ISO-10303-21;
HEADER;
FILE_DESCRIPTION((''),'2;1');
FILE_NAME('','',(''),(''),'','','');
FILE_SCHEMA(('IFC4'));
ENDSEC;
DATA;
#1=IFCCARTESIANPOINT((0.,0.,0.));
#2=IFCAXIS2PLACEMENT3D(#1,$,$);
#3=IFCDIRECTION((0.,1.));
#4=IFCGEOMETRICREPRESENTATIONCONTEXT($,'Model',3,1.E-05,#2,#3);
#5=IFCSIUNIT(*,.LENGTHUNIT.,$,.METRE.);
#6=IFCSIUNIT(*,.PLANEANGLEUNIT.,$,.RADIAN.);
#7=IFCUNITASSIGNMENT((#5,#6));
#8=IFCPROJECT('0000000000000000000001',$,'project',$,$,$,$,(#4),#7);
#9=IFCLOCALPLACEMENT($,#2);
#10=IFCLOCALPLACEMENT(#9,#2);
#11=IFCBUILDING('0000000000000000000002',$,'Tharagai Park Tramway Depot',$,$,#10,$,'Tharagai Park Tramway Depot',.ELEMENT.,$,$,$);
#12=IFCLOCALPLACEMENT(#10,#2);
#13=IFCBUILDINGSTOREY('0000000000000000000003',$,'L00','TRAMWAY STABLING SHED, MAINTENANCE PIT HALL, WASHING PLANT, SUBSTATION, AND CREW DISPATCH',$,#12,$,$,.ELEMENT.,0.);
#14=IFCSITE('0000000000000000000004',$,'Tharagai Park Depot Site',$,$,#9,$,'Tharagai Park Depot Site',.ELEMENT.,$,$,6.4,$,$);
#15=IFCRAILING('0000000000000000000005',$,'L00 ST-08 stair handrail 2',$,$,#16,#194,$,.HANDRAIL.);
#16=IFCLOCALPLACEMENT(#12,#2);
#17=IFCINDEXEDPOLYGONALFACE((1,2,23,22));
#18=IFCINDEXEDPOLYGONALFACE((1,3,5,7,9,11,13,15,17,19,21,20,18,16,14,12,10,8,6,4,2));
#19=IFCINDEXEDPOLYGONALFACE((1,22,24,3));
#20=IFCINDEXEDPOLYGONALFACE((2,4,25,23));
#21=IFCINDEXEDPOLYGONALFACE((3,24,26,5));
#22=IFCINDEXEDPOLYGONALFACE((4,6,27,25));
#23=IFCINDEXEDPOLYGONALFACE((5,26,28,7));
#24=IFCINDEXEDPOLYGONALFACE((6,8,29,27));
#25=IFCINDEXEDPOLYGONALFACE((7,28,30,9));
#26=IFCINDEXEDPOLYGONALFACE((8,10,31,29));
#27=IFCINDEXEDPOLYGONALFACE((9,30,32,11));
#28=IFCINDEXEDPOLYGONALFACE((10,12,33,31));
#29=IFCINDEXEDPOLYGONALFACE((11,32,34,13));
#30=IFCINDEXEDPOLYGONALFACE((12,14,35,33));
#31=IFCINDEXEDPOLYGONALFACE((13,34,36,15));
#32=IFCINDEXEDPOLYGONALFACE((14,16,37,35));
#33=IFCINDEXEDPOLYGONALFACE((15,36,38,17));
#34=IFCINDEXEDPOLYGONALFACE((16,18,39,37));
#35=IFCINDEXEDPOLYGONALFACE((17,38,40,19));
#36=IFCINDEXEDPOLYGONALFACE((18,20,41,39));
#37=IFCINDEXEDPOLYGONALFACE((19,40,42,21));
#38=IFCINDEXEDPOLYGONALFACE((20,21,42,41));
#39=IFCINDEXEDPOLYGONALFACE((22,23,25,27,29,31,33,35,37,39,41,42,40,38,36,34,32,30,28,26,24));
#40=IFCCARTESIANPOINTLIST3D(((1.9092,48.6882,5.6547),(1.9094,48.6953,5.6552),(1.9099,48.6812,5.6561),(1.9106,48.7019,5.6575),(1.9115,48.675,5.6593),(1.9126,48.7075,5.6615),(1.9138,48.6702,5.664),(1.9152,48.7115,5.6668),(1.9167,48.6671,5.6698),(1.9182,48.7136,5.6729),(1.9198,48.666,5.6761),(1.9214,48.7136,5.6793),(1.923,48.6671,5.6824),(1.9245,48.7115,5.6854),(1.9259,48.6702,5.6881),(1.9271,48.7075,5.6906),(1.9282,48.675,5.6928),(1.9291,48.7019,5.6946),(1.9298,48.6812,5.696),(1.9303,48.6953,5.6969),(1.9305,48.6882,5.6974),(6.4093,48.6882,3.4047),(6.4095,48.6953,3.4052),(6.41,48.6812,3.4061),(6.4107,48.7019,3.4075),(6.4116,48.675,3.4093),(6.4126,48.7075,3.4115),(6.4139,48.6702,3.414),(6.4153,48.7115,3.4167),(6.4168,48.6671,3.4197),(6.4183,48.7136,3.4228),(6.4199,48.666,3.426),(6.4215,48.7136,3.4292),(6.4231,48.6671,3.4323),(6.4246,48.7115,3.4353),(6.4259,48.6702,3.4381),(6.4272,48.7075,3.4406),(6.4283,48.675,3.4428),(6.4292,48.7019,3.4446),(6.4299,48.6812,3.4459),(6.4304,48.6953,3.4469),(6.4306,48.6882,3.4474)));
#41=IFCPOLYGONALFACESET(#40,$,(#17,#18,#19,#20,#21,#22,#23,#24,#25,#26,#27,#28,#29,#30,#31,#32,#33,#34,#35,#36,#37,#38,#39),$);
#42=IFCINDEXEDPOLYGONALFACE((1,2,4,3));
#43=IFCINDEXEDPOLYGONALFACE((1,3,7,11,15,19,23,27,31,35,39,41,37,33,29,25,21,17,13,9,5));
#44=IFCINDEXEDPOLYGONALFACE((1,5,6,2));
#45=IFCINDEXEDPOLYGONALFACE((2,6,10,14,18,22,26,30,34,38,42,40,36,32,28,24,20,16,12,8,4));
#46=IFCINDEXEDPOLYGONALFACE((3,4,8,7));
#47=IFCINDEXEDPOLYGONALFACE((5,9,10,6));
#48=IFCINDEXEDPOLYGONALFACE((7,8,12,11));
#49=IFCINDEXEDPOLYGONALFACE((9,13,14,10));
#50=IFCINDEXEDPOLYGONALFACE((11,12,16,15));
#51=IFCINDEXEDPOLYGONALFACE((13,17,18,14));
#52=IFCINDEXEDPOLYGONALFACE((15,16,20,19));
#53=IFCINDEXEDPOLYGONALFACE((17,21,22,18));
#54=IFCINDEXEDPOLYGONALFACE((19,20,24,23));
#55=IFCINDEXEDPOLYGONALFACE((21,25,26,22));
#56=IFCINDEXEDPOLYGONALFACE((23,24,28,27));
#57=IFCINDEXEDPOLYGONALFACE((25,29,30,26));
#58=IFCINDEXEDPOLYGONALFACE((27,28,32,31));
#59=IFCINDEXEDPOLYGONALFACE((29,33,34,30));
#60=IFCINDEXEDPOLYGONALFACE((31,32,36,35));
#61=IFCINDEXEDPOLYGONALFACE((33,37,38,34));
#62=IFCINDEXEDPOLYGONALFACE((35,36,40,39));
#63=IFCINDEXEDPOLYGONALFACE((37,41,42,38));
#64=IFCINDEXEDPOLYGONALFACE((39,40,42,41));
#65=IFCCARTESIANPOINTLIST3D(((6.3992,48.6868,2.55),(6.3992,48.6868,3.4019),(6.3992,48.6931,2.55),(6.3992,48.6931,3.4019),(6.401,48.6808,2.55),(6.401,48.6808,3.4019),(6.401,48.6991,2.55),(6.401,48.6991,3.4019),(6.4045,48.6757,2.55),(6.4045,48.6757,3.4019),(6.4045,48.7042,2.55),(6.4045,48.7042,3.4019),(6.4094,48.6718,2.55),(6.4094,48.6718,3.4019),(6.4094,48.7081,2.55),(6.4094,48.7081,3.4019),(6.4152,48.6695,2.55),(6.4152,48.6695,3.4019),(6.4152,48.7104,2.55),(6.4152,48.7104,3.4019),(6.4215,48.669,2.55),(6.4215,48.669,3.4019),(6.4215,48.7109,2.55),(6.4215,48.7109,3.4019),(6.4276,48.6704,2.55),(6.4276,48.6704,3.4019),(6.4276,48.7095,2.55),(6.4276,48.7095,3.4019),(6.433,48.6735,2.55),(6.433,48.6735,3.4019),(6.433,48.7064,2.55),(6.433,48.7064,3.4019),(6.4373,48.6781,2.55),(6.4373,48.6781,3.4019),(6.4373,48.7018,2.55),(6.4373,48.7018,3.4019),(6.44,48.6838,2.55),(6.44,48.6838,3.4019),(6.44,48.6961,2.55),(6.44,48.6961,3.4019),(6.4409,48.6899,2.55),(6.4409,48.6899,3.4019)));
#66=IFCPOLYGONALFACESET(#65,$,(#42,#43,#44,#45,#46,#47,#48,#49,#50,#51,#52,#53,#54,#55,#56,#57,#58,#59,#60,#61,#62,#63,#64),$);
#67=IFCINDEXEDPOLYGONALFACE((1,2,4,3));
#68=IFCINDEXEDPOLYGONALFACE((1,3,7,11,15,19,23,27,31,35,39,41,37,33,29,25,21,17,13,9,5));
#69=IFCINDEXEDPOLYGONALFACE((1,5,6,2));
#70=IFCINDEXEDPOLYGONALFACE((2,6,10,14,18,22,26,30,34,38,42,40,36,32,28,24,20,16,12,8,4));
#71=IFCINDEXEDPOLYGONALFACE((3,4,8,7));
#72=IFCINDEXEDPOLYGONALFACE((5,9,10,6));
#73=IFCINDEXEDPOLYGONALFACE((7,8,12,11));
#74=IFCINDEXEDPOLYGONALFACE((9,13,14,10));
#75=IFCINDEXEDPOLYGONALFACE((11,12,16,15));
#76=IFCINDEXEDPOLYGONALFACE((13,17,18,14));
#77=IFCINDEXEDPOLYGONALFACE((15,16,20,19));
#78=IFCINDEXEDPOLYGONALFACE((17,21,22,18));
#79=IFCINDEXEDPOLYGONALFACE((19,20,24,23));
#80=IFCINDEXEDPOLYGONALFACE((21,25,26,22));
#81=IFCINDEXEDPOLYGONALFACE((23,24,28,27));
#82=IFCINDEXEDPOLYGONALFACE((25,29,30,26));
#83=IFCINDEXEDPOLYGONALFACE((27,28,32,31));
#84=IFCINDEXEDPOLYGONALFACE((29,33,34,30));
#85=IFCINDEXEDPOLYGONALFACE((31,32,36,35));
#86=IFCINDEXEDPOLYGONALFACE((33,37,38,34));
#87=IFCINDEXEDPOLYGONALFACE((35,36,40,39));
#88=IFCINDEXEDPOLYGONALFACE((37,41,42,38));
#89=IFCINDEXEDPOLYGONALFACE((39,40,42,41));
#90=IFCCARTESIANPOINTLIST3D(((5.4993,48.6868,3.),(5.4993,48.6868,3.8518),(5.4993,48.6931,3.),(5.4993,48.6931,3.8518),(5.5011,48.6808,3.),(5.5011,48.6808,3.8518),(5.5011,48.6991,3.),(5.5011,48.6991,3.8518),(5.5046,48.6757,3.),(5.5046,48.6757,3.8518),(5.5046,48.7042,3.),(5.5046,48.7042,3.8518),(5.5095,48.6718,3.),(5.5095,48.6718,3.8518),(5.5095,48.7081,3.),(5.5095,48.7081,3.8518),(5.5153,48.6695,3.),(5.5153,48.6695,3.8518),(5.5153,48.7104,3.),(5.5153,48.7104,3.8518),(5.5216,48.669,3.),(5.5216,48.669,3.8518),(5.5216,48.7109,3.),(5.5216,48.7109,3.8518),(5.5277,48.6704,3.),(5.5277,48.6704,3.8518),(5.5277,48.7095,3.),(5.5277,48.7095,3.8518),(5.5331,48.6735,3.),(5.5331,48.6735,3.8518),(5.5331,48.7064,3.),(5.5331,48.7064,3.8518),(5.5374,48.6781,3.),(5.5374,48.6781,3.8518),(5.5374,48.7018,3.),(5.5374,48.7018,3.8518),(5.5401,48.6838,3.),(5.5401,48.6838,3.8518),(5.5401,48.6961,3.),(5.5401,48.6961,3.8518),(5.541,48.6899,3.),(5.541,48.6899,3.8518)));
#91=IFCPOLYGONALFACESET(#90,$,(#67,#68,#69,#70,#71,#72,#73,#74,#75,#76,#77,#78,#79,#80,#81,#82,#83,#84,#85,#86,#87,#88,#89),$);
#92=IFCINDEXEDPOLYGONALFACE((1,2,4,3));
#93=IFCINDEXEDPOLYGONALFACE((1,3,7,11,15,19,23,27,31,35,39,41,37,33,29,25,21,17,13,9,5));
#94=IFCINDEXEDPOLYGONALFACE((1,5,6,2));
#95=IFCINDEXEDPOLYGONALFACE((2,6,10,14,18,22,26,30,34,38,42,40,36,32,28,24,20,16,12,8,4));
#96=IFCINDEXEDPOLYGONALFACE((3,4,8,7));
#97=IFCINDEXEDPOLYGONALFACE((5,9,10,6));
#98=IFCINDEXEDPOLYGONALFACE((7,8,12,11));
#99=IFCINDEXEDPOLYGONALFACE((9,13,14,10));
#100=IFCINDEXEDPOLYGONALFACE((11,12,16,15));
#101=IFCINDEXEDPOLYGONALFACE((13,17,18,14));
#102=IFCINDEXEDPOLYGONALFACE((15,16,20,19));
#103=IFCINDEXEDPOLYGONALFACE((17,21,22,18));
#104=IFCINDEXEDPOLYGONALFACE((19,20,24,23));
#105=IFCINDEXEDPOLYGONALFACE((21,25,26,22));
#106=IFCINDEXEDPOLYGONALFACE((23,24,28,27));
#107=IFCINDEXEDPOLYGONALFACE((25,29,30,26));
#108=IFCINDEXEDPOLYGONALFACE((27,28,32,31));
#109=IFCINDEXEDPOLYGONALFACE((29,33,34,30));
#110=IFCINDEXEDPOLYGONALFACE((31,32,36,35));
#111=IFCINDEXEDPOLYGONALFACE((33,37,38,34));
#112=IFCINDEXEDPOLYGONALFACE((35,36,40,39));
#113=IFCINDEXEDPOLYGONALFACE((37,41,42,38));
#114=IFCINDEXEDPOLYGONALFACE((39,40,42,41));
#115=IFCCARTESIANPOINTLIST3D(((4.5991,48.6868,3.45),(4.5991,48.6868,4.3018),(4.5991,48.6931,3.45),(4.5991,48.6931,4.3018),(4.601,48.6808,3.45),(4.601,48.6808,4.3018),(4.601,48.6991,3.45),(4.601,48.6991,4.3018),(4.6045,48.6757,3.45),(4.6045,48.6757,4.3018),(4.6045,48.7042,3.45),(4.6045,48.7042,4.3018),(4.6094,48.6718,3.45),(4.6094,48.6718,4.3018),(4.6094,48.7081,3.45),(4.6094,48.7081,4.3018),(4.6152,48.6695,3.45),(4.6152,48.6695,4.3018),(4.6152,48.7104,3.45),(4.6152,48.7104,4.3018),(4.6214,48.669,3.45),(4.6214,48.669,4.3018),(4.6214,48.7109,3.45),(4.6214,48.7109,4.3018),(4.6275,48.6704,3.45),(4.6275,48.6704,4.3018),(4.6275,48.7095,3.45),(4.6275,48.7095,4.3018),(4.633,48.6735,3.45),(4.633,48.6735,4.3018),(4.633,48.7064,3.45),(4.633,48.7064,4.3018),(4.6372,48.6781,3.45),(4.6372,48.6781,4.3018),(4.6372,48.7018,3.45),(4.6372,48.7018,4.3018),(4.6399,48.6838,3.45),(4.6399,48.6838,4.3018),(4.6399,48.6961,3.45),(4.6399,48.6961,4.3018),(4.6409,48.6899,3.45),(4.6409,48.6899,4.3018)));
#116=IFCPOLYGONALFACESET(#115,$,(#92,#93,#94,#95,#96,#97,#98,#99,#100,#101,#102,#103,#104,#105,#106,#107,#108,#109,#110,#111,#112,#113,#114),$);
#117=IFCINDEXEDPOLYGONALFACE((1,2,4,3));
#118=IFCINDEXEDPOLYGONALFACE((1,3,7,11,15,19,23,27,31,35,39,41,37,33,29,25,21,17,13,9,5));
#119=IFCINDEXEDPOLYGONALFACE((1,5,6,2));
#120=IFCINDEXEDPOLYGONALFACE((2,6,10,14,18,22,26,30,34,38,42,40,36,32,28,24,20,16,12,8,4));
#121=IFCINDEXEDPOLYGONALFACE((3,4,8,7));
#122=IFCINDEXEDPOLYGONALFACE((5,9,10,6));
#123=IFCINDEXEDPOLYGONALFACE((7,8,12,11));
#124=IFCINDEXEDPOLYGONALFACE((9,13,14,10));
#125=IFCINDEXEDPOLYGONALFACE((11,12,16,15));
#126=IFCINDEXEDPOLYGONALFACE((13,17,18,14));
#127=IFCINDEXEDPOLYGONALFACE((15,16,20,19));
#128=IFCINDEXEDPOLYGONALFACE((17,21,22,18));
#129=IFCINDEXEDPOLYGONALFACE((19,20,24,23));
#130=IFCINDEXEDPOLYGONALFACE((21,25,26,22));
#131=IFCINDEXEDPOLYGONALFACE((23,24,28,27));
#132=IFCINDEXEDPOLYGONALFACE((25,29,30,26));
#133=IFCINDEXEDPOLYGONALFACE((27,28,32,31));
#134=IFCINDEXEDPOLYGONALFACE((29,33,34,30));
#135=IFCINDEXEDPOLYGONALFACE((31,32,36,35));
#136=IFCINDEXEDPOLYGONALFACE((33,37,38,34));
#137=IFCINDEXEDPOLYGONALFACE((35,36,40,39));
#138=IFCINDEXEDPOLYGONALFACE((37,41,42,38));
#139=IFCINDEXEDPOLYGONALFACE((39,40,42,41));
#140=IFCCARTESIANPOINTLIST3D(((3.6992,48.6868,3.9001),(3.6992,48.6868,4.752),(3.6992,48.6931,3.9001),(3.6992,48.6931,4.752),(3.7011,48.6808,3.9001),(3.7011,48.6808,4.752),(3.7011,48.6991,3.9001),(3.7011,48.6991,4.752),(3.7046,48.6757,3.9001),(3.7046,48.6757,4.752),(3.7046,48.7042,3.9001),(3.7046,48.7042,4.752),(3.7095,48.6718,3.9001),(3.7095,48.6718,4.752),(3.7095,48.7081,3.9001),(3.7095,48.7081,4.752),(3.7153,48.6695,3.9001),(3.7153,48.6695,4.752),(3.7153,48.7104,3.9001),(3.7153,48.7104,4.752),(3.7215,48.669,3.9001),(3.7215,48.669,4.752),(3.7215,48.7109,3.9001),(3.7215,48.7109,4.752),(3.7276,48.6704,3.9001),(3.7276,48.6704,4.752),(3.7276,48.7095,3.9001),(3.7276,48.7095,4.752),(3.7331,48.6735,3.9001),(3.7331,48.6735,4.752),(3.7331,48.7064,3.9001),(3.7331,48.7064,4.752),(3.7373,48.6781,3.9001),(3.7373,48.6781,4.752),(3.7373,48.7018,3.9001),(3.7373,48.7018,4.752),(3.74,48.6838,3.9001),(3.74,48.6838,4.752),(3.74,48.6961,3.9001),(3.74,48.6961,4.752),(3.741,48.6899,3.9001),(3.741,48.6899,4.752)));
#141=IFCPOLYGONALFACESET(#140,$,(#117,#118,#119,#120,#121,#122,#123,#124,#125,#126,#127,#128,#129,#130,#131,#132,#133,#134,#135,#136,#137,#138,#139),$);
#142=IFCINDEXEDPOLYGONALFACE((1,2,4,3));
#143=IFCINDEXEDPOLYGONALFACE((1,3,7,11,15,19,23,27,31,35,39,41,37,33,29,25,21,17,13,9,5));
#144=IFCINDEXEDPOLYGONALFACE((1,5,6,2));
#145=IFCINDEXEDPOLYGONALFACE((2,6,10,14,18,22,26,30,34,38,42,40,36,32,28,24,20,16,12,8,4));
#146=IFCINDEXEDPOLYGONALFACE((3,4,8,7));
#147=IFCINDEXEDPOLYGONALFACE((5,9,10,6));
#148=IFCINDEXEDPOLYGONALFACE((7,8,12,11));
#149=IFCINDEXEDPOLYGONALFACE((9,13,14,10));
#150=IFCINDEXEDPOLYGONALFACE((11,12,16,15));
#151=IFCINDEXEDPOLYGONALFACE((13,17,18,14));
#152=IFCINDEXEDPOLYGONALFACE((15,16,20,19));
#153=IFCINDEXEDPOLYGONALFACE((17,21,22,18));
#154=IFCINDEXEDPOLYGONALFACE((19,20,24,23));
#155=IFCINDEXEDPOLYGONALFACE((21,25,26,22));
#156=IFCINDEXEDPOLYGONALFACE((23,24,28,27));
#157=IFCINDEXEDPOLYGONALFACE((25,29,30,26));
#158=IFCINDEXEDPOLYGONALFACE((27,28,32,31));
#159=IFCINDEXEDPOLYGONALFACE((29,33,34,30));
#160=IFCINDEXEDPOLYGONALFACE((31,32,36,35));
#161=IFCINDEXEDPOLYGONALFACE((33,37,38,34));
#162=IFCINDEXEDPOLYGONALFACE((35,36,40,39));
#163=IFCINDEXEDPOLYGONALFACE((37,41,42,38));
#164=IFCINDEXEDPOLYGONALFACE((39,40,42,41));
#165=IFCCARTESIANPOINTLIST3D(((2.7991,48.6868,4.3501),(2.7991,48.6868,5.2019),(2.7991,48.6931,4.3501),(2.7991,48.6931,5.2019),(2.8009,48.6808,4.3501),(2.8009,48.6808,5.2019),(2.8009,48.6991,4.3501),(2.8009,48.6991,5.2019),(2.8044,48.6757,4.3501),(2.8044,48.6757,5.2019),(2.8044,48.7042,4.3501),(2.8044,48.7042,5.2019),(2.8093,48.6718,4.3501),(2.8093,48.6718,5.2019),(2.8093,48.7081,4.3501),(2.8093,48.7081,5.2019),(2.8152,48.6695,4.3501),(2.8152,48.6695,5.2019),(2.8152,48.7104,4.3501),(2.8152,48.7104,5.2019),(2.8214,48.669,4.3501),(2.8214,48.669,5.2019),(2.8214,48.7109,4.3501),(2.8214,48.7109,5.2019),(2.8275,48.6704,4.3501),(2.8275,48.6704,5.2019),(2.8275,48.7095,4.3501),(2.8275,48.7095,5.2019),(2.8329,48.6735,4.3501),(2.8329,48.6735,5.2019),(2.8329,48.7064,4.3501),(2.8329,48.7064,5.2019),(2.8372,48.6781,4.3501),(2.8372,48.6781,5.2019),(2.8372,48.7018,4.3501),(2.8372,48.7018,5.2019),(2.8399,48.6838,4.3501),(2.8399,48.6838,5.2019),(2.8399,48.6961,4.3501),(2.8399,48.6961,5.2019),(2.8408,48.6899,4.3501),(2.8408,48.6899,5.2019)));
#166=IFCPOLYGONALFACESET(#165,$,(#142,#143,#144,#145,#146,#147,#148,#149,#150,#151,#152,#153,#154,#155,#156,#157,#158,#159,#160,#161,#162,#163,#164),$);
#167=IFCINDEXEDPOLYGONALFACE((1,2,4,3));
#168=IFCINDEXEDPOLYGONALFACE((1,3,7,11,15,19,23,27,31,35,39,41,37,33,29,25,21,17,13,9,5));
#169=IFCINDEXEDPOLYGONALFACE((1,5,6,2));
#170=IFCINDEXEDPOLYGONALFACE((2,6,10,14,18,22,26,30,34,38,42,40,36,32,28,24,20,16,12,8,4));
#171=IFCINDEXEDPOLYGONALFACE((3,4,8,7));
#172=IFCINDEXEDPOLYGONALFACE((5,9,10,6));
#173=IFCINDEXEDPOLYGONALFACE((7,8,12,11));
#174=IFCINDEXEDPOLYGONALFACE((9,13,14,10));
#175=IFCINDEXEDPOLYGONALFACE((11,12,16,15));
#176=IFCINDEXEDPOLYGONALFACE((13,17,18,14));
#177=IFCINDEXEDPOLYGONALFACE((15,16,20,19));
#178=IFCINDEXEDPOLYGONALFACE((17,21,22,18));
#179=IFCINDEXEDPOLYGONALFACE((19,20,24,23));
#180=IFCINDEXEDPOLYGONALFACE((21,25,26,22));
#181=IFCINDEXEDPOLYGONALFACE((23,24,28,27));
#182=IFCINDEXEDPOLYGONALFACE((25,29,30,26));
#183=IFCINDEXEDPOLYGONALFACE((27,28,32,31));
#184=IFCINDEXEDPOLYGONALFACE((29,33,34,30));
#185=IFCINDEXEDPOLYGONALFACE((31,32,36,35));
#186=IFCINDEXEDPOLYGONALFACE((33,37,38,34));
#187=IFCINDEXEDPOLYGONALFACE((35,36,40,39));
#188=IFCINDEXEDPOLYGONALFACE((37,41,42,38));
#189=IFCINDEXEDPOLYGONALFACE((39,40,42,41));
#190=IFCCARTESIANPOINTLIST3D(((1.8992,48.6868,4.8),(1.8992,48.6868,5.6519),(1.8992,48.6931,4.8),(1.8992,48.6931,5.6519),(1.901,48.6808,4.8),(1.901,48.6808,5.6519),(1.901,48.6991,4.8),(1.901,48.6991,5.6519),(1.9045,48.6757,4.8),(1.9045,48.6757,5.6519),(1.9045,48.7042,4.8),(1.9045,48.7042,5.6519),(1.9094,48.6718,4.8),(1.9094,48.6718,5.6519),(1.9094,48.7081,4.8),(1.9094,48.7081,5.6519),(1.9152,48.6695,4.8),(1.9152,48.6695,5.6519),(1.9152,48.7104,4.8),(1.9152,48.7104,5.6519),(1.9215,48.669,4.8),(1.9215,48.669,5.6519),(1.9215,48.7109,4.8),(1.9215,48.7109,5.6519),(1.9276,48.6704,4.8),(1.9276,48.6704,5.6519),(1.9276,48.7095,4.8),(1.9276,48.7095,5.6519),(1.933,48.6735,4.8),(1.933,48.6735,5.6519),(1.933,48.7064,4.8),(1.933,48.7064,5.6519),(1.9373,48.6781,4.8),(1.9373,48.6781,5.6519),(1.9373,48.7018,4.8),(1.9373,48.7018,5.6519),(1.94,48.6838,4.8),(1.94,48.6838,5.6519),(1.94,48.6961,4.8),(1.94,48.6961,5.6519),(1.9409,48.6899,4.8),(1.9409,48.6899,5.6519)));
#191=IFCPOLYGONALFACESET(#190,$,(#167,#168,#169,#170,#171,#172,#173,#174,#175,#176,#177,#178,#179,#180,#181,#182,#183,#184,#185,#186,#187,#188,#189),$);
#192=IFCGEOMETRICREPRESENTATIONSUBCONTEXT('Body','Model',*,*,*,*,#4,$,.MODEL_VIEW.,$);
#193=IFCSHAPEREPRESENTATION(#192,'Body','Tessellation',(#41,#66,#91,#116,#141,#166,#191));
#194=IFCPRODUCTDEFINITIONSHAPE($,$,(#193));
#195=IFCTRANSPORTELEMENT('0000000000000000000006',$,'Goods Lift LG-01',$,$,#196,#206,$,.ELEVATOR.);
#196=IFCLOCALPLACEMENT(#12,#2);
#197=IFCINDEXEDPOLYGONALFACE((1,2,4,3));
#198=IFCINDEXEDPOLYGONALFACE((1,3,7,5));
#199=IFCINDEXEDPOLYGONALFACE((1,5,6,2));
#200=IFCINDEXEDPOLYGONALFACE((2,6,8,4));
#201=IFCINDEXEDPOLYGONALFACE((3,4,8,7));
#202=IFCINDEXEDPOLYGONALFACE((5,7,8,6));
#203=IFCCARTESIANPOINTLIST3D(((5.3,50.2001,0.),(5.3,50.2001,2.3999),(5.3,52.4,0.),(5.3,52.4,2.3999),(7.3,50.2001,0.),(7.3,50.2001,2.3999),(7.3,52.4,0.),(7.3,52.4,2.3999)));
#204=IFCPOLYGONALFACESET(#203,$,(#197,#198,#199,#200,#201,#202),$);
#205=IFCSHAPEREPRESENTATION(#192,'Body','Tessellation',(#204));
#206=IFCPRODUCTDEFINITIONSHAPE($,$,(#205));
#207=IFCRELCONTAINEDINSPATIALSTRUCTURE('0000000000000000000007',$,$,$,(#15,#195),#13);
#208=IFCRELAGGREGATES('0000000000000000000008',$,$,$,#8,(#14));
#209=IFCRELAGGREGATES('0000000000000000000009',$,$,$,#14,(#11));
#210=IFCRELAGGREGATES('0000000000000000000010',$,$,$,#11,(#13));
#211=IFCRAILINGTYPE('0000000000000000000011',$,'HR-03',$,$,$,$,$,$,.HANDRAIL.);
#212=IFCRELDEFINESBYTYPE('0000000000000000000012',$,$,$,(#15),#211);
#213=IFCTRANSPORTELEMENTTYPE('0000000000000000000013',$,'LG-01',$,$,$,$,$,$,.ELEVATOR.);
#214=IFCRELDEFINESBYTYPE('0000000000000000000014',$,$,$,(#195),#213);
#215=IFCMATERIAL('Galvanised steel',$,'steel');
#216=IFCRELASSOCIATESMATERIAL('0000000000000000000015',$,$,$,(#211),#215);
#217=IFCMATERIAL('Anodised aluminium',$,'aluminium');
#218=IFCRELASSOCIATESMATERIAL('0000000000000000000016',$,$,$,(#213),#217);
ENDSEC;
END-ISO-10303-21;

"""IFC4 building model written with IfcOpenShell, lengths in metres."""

from ifc_helpers import new_model, si_unit, direction, frame, origin, origin_2d, place, context, subcontext, project, spatial, rectangle, circle, extrude, material, type_object, element, save


model = new_model("IFC4")

# Units and contexts
model_context = context("Model", 3, precision=1e-05, world=origin(), true_north=direction((0.0, 1.0)))
body_context = subcontext(model_context, "Body", "Model", "MODEL_VIEW")
ifc_project = project(units=[si_unit("LENGTHUNIT", "METRE"), si_unit("PLANEANGLEUNIT", "RADIAN")], contexts=[model_context])

# Site, building, storey
site_placement = place(None, origin())
site = spatial("IfcSite", under=ifc_project, at=site_placement, Name="Tharagai Park Depot Site", LongName="Tharagai Park Depot Site", CompositionType="ELEMENT", RefElevation=6.4)
building_placement = place(site_placement, origin())
building = spatial("IfcBuilding", under=site, at=building_placement, Name="Tharagai Park Tramway Depot", LongName="Tharagai Park Tramway Depot", CompositionType="ELEMENT")
storey_placement = place(building_placement, origin())
storey = spatial("IfcBuildingStorey", under=building, at=storey_placement, Name="L00", Description="TRAMWAY STABLING SHED, MAINTENANCE PIT HALL, WASHING PLANT, SUBSTATION, AND CREW DISPATCH", CompositionType="ELEMENT", Elevation=0.0)

# Shared definitions
ifc_material_1 = material(Name="Anodised aluminium", Category="aluminium")
ifc_material_2 = material(Name="Galvanised steel", Category="steel")

# Railing
railing_type_1 = type_object("IfcRailingType", Name="HR-03", PredefinedType="HANDRAIL", material=ifc_material_2)
railing_1_placement = place(storey_placement, frame((6.4199, 48.6899, 2.55)))
element("IfcRailing", 1, at=railing_1_placement, inside=storey, type_object=railing_type_1, Name="L00 ST-08 stair handrail 2", PredefinedType="HANDRAIL", context=body_context, shape_type="SweptSolid", body=[
    extrude(circle(Radius=0.0239, at=origin_2d()), frame((0.0, 0.0, 0.876), z_axis=(-0.894427, 0.0, 0.447214), x_axis=(0.0, -1.0, 0.0)), (0.0, 0.0, 1.0), 5.0312),
    extrude(circle(Radius=0.021, at=origin_2d()), origin(), (0.0, 0.0, 1.0), 0.8518),
    extrude(circle(Radius=0.021, at=origin_2d()), frame((-0.8999, 0.0, 0.45)), (0.0, 0.0, 1.0), 0.8518),
    extrude(circle(Radius=0.021, at=origin_2d()), frame((-1.8, 0.0, 0.8999)), (0.0, 0.0, 1.0), 0.8518),
    extrude(circle(Radius=0.021, at=origin_2d()), frame((-2.7, 0.0, 1.3501)), (0.0, 0.0, 1.0), 0.8518),
    extrude(circle(Radius=0.021, at=origin_2d()), frame((-3.6001, 0.0, 1.8)), (0.0, 0.0, 1.0), 0.8518),
    extrude(circle(Radius=0.021, at=origin_2d()), frame((-4.5, 0.0, 2.25)), (0.0, 0.0, 1.0), 0.8518),
])

# Transport element
transport_element_type = type_object("IfcTransportElementType", Name="LG-01", PredefinedType="ELEVATOR", material=ifc_material_1)
transport_element_placement = place(storey_placement, frame((6.3, 51.3, 0.0), z_axis=(0.0, 0.0, 1.0), x_axis=(1.0, 0.0, 0.0)))
element("IfcTransportElement", 2, at=transport_element_placement, inside=storey, type_object=transport_element_type, Name="Goods Lift LG-01", PredefinedType="ELEVATOR", context=body_context, shape_type="SweptSolid", body=[
    extrude(rectangle(XDim=2.0, YDim=2.2, at=origin_2d()), origin(), (0.0, 0.0, 1.0), 2.3999),
])

save(model, "model.ifc")
